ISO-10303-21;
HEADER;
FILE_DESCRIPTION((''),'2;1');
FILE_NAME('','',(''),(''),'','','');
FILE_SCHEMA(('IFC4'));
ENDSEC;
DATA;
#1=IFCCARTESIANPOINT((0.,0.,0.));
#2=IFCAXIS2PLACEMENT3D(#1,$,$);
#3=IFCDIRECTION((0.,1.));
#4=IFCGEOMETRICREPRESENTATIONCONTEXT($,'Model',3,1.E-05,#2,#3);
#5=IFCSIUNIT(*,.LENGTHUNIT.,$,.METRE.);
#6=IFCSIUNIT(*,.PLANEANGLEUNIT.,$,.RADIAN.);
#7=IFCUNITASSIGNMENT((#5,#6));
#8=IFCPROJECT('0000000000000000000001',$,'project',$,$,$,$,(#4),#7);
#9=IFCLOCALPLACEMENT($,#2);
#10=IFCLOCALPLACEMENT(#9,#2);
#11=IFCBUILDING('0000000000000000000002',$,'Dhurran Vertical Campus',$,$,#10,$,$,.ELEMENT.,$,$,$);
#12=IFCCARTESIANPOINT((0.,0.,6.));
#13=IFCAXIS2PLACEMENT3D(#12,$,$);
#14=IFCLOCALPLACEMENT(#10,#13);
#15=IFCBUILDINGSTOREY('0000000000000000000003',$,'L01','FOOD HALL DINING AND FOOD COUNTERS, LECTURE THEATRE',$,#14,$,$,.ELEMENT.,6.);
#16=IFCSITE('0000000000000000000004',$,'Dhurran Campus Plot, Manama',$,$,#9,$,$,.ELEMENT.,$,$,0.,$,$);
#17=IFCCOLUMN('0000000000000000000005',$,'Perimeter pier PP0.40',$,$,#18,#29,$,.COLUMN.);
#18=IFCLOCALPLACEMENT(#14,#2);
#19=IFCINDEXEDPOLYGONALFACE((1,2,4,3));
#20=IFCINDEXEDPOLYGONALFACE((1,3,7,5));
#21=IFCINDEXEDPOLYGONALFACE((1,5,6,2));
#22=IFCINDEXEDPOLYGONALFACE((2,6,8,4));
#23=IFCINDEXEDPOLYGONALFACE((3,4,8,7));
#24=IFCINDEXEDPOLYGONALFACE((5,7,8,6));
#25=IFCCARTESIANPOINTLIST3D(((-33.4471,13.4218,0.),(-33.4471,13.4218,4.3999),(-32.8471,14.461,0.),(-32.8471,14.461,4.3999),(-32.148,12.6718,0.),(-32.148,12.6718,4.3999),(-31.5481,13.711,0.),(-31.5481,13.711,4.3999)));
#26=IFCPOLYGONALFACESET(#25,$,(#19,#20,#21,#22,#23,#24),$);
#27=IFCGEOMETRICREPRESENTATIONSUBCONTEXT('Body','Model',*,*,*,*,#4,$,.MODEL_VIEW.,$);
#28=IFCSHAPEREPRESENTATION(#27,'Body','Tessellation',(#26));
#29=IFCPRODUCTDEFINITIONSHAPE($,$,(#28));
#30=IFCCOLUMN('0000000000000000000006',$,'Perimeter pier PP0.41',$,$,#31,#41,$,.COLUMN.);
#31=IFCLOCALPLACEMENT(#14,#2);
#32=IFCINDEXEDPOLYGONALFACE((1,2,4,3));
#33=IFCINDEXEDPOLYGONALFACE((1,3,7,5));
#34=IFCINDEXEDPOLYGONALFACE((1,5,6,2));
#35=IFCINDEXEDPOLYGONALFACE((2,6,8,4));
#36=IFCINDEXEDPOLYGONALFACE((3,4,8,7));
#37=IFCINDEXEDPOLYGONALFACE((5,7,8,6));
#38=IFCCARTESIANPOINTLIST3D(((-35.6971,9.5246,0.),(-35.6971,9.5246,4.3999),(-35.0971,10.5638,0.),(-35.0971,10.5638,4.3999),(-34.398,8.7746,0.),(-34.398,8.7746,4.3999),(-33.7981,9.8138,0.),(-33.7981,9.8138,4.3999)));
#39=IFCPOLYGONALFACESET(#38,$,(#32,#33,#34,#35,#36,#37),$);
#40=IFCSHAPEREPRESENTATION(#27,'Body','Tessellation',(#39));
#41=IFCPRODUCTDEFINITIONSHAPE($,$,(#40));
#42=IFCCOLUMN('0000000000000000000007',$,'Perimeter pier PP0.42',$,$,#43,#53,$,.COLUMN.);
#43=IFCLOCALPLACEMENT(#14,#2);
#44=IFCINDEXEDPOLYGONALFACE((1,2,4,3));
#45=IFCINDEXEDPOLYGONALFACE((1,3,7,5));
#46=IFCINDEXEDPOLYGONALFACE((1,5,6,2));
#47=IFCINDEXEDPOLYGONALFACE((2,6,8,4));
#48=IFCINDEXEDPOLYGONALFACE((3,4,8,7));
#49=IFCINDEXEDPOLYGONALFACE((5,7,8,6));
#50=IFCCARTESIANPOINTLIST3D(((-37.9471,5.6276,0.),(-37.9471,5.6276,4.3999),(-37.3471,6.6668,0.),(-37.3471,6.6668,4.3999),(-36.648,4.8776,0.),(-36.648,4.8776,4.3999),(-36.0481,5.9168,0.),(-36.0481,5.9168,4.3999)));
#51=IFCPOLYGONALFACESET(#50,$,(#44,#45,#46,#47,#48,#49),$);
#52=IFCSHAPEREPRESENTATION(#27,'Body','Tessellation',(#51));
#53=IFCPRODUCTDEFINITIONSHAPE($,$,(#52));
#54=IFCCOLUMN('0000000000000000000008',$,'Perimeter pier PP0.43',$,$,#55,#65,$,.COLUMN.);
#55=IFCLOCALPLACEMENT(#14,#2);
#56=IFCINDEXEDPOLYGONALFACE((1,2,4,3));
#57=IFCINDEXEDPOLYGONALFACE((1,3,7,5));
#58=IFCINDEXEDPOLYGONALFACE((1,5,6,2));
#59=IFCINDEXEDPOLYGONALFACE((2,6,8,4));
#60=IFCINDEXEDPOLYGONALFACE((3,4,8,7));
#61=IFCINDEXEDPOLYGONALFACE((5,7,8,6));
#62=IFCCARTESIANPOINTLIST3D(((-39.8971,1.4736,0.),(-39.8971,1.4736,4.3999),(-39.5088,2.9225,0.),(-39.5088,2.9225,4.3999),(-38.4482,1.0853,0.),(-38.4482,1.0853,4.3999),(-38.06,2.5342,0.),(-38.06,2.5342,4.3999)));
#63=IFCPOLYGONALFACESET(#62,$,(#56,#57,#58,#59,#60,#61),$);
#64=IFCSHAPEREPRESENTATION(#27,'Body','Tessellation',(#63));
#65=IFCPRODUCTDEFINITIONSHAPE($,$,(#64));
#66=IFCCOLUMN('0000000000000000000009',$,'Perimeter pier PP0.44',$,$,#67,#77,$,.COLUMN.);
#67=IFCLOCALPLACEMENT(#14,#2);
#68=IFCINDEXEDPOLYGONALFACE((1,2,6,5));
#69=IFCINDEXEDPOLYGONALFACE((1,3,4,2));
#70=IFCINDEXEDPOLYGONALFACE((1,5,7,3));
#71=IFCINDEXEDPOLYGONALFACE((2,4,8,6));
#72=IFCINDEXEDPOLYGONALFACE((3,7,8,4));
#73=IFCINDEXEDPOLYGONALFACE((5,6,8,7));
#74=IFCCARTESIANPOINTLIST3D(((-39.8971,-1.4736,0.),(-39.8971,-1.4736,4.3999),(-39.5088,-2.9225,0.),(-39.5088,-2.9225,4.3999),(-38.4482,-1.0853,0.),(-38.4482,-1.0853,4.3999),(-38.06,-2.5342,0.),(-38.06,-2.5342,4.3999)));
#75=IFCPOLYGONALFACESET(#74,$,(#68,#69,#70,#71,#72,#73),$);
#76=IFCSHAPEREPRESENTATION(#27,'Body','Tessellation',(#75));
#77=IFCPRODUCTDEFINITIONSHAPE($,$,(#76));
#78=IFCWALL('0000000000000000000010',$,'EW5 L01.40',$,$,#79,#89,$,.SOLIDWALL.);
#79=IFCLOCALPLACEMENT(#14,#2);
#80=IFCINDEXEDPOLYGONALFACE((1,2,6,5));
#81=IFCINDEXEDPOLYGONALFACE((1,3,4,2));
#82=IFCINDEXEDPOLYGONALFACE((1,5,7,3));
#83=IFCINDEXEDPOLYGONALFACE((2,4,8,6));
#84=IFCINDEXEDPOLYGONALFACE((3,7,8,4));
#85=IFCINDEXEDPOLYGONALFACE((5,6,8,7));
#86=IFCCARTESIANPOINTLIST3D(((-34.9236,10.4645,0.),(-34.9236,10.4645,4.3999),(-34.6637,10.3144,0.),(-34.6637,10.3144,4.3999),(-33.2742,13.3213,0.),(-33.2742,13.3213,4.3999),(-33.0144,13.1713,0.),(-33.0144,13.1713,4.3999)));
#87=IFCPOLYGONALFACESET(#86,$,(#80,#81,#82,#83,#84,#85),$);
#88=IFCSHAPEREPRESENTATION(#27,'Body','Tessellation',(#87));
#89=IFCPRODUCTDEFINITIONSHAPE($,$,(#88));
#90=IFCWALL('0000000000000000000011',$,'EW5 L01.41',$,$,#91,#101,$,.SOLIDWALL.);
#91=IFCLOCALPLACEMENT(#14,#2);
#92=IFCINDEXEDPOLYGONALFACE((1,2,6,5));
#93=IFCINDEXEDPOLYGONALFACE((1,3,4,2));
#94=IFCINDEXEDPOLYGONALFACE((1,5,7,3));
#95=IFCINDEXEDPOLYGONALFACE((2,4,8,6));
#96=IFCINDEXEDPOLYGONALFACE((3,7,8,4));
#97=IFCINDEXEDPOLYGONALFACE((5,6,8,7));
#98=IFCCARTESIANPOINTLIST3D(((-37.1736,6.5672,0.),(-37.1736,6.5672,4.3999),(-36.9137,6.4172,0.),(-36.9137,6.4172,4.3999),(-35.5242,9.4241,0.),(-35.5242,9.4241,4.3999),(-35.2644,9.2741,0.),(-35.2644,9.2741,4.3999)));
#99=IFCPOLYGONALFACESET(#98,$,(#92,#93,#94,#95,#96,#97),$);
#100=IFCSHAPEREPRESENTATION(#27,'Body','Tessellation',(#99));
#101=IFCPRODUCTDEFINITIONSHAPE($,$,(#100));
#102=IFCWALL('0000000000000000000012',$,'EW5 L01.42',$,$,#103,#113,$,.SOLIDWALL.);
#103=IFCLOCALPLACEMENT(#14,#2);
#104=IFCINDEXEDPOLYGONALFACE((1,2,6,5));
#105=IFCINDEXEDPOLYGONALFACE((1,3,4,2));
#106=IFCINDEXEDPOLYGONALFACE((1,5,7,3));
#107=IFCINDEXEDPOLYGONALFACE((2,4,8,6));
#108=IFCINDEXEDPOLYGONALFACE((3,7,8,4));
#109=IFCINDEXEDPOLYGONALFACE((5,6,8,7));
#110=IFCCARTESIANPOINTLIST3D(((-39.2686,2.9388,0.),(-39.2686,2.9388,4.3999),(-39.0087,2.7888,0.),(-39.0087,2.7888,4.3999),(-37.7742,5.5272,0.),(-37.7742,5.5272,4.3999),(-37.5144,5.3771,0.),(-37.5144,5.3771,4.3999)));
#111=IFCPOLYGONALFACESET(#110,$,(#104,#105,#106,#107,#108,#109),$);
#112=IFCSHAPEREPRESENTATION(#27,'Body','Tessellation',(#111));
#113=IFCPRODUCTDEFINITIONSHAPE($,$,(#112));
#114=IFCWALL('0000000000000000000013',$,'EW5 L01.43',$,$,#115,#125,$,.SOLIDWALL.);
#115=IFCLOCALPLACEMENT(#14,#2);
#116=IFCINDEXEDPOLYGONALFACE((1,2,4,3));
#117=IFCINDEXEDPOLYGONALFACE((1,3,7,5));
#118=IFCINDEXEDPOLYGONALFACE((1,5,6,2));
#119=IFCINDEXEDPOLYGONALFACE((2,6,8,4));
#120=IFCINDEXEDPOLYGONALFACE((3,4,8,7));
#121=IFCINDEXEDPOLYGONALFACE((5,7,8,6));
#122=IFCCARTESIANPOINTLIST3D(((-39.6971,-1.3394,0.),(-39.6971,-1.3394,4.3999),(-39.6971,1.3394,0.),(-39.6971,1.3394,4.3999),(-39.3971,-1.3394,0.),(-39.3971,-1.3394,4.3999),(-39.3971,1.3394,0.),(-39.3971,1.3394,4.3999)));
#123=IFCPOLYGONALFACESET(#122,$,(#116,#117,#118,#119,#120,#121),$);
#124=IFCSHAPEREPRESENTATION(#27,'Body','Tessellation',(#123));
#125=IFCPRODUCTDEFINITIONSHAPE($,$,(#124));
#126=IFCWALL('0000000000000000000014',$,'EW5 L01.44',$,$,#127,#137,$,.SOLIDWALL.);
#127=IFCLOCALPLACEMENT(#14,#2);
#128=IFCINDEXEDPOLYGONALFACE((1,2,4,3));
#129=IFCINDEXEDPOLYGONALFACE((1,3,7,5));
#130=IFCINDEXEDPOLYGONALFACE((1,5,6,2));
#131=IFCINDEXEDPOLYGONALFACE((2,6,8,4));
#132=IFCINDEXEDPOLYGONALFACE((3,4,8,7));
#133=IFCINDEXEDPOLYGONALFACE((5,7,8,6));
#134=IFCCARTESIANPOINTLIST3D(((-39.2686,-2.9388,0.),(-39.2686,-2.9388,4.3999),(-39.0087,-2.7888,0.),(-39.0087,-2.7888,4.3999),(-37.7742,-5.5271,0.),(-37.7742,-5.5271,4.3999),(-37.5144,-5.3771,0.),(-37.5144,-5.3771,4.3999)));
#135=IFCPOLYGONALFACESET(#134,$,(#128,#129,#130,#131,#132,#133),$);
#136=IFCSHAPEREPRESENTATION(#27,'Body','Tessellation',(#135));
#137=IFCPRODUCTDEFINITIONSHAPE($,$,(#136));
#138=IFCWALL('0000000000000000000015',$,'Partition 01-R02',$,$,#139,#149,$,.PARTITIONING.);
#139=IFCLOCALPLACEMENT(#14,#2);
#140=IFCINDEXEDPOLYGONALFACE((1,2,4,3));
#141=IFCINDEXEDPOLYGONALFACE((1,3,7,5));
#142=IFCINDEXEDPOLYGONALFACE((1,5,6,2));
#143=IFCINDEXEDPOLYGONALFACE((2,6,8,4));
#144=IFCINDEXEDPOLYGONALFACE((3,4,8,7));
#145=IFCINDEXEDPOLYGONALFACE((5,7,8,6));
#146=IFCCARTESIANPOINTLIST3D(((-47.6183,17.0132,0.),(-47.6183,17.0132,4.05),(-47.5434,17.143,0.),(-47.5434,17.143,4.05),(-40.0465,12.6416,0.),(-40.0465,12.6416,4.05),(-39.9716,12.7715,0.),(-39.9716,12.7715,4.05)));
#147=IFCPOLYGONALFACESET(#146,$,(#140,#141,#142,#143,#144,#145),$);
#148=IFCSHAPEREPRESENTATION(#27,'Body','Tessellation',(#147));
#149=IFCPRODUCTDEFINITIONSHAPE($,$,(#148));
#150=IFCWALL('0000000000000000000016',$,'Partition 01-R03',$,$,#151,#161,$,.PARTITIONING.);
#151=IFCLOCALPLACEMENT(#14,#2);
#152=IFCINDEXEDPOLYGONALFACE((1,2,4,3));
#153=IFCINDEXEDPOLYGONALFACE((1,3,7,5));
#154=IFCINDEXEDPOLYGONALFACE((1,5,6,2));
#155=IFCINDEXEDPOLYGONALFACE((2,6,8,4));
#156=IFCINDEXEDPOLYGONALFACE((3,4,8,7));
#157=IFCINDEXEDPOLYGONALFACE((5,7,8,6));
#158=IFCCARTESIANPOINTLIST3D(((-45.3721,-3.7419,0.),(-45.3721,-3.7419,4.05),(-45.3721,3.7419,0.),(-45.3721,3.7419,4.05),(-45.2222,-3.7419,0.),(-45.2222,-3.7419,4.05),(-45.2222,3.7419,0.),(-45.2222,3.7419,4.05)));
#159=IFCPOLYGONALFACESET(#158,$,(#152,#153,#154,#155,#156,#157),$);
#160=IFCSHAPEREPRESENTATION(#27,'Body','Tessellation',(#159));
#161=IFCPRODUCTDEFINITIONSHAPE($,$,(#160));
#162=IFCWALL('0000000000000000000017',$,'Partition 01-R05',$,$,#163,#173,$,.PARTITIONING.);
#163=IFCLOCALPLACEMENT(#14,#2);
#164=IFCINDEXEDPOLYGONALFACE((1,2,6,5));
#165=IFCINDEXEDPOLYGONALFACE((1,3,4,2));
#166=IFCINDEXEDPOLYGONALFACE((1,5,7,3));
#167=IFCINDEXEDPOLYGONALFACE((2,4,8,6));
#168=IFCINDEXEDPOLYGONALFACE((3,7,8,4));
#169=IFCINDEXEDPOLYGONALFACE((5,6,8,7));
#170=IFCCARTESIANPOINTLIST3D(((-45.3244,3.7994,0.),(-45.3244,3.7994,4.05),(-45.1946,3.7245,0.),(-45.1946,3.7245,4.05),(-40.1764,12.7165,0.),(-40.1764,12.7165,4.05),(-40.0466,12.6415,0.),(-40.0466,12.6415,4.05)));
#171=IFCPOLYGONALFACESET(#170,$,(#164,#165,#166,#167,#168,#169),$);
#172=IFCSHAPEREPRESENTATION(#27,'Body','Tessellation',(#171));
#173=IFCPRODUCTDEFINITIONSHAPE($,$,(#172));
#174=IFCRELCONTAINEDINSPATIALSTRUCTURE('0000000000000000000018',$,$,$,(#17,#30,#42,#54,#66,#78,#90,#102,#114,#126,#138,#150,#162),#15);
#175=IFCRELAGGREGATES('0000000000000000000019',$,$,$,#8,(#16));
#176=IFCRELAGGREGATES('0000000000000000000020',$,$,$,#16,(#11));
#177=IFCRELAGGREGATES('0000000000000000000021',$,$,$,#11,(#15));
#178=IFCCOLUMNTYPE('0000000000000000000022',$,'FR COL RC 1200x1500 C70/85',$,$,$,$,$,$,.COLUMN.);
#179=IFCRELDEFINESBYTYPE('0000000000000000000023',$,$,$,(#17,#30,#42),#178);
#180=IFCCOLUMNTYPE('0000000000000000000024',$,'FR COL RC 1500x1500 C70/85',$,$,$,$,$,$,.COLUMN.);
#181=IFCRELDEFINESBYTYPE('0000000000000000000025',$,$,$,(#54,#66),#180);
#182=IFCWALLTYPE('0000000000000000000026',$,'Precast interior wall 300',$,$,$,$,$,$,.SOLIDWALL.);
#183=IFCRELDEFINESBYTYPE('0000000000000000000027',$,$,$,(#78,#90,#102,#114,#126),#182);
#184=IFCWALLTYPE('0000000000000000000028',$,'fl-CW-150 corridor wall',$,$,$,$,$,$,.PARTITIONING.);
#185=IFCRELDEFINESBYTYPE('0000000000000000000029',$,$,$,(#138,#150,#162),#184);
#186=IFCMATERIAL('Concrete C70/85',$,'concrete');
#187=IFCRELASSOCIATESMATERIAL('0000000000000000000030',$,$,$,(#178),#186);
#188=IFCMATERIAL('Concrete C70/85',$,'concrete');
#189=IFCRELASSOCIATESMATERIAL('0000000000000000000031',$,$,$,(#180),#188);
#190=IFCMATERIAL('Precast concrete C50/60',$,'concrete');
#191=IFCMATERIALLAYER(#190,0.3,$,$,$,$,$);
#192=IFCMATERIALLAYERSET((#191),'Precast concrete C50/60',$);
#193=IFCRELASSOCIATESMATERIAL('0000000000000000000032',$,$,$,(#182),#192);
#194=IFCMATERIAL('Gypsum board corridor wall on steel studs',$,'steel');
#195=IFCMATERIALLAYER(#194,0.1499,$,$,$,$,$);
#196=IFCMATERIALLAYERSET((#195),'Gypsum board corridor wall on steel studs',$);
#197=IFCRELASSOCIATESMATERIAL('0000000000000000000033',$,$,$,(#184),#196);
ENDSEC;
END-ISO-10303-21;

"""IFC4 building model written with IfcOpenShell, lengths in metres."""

from ifc_helpers import new_model, si_unit, direction, frame, frame_2d, origin, origin_2d, place, context, subcontext, project, spatial, rectangle, extrude, material, layer, layer_set, material_profile, profile_set, type_object, element, save


model = new_model("IFC4")

# Units and contexts
model_context = context("Model", 3, precision=1e-05, world=origin(), true_north=direction((0.0, 1.0)))
body_context = subcontext(model_context, "Body", "Model", "MODEL_VIEW")
ifc_project = project(units=[si_unit("LENGTHUNIT", "METRE"), si_unit("PLANEANGLEUNIT", "RADIAN")], contexts=[model_context])

# Site, building, storey
site_placement = place(None, origin())
site = spatial("IfcSite", under=ifc_project, at=site_placement, Name="Dhurran Campus Plot, Manama", CompositionType="ELEMENT", RefElevation=0.0)
building_placement = place(site_placement, origin())
building = spatial("IfcBuilding", under=site, at=building_placement, Name="Dhurran Vertical Campus", CompositionType="ELEMENT")
storey_placement = place(building_placement, frame((0.0, 0.0, 6.0)))
storey = spatial("IfcBuildingStorey", under=building, at=storey_placement, Name="L01", Description="FOOD HALL DINING AND FOOD COUNTERS, LECTURE THEATRE", CompositionType="ELEMENT", Elevation=6.0)

# Columns
ifc_material_1 = material(Name="Concrete C70/85", Category="concrete")
ifc_material_profile_1 = material_profile(ifc_material_1, rectangle(XDim=1.2, YDim=1.5, at=origin_2d()), Name="RC 1200x1500")
ifc_profile_set_1 = profile_set([ifc_material_profile_1], Name="Concrete C70/85")
column_type_1 = type_object("IfcColumnType", Name="FR COL RC 1200x1500 C70/85", PredefinedType="COLUMN", material=ifc_profile_set_1)
for number, where, z_axis, x_axis, name in (
    (1, (-32.4976, 13.5664, 0.0), (0.0, 0.0, 1.0), (-0.5, -0.866025, 0.0), "Perimeter pier PP0.40"),
    (2, (-34.7476, 9.6692, 0.0), (0.0, 0.0, 1.0), (-0.5, -0.866025, 0.0), "Perimeter pier PP0.41"),
    (3, (-36.9976, 5.7722, 0.0), (0.0, 0.0, 1.0), (-0.5, -0.866025, 0.0), "Perimeter pier PP0.42"),
):
    element("IfcColumn", number, at=place(storey_placement, frame(where, z_axis=z_axis, x_axis=x_axis)), inside=storey, type_object=column_type_1, Name=name, PredefinedType="COLUMN", context=body_context, shape_type="SweptSolid", body=[
        extrude(rectangle(XDim=1.2, YDim=1.5, at=origin_2d()), origin(), (0.0, 0.0, 1.0), 4.3999),
    ])
ifc_material_2 = material(Name="Concrete C70/85", Category="concrete")
ifc_material_profile_2 = material_profile(ifc_material_2, rectangle(XDim=1.5, YDim=1.5, at=origin_2d()), Name="RC 1500x1500")
ifc_profile_set_2 = profile_set([ifc_material_profile_2], Name="Concrete C70/85")
column_type_2 = type_object("IfcColumnType", Name="FR COL RC 1500x1500 C70/85", PredefinedType="COLUMN", material=ifc_profile_set_2)
for number, where, z_axis, x_axis, name in (
    (4, (-38.9785, 2.0039, 0.0), (0.0, 0.0, 1.0), (-0.258819, -0.965926, 0.0), "Perimeter pier PP0.43"),
    (5, (-38.9785, -2.0039, 0.0), (0.0, 0.0, 1.0), (0.258819, -0.965926, 0.0), "Perimeter pier PP0.44"),
):
    element("IfcColumn", number, at=place(storey_placement, frame(where, z_axis=z_axis, x_axis=x_axis)), inside=storey, type_object=column_type_2, Name=name, PredefinedType="COLUMN", context=body_context, shape_type="SweptSolid", body=[
        extrude(rectangle(XDim=1.5, YDim=1.5, at=origin_2d()), origin(), (0.0, 0.0, 1.0), 4.3999),
    ])

# Walls
ifc_material_3 = material(Name="Precast concrete C50/60", Category="concrete")
ifc_layer_1 = layer(ifc_material_3, 0.3)
ifc_layer_set_1 = layer_set([ifc_layer_1], Name="Precast concrete C50/60")
wall_type_1 = type_object("IfcWallType", Name="Precast interior wall 300", PredefinedType="SOLIDWALL", material=ifc_layer_set_1)
for number, where, z_axis, x_axis, name in (
    (6, (-33.1443, 13.2463, 0.0), (0.0, 0.0, 1.0), (-0.499992, -0.86603, 0.0), "EW5 L01.40"),
    (7, (-35.3943, 9.3491, 0.0), (0.0, 0.0, 1.0), (-0.499992, -0.86603, 0.0), "EW5 L01.41"),
):
    element("IfcWall", number, at=place(storey_placement, frame(where, z_axis=z_axis, x_axis=x_axis)), inside=storey, type_object=wall_type_1, Name=name, PredefinedType="SOLIDWALL", context=body_context, shape_type="SweptSolid", body=[
        extrude(rectangle(XDim=3.2988, YDim=0.3, at=frame_2d((1.6494, 0.0))), origin(), (0.0, 0.0, 1.0), 4.3999),
    ])
wall_1_placement = place(storey_placement, frame((-37.6443, 5.4521, 0.0), z_axis=(0.0, 0.0, 1.0), x_axis=(-0.499996, -0.866028, 0.0)))
element("IfcWall", 8, at=wall_1_placement, inside=storey, type_object=wall_type_1, Name="EW5 L01.42", PredefinedType="SOLIDWALL", context=body_context, shape_type="SweptSolid", body=[
    extrude(rectangle(XDim=2.9888, YDim=0.3, at=frame_2d((1.4944, 0.0))), origin(), (0.0, 0.0, 1.0), 4.3999),
])
wall_2_placement = place(storey_placement, frame((-39.5471, 1.3394, 0.0), z_axis=(0.0, 0.0, 1.0), x_axis=(0.0, -1.0, 0.0)))
element("IfcWall", 9, at=wall_2_placement, inside=storey, type_object=wall_type_1, Name="EW5 L01.43", PredefinedType="SOLIDWALL", context=body_context, shape_type="SweptSolid", body=[
    extrude(rectangle(XDim=2.6787, YDim=0.3, at=frame_2d((1.3394, 0.0))), origin(), (0.0, 0.0, 1.0), 4.3999),
])
wall_3_placement = place(storey_placement, frame((-39.1387, -2.8638, 0.0), z_axis=(0.0, 0.0, 1.0), x_axis=(0.499996, -0.866028, 0.0)))
element("IfcWall", 10, at=wall_3_placement, inside=storey, type_object=wall_type_1, Name="EW5 L01.44", PredefinedType="SOLIDWALL", context=body_context, shape_type="SweptSolid", body=[
    extrude(rectangle(XDim=2.9888, YDim=0.3, at=frame_2d((1.4944, 0.0))), origin(), (0.0, 0.0, 1.0), 4.3999),
])
ifc_material_4 = material(Name="Gypsum board corridor wall on steel studs", Category="steel")
ifc_layer_2 = layer(ifc_material_4, 0.1499)
ifc_layer_set_2 = layer_set([ifc_layer_2], Name="Gypsum board corridor wall on steel studs")
wall_type_2 = type_object("IfcWallType", Name="fl-CW-150 corridor wall", PredefinedType="PARTITIONING", material=ifc_layer_set_2)
wall_4_placement = place(storey_placement, frame((-40.009, 12.7065, 0.0), z_axis=(0.0, 0.0, 1.0), x_axis=(-0.866025, 0.500001, 0.0)))
element("IfcWall", 11, at=wall_4_placement, inside=storey, type_object=wall_type_2, Name="Partition 01-R02", PredefinedType="PARTITIONING", context=body_context, shape_type="SweptSolid", body=[
    extrude(rectangle(XDim=8.7432, YDim=0.1499, at=frame_2d((4.3716, 0.0))), origin(), (0.0, 0.0, 1.0), 4.05),
])
wall_5_placement = place(storey_placement, frame((-45.2971, -3.7419, 0.0), z_axis=(0.0, 0.0, 1.0), x_axis=(0.0, 1.0, 0.0)))
element("IfcWall", 12, at=wall_5_placement, inside=storey, type_object=wall_type_2, Name="Partition 01-R03", PredefinedType="PARTITIONING", context=body_context, shape_type="SweptSolid", body=[
    extrude(rectangle(XDim=7.4839, YDim=0.1499, at=frame_2d((3.7419, 0.0))), origin(), (0.0, 0.0, 1.0), 4.05),
])
wall_6_placement = place(storey_placement, frame((-45.2595, 3.762, 0.0), z_axis=(0.0, 0.0, 1.0), x_axis=(0.49998, 0.866037, 0.0)))
element("IfcWall", 13, at=wall_6_placement, inside=storey, type_object=wall_type_2, Name="Partition 01-R05", PredefinedType="PARTITIONING", context=body_context, shape_type="SweptSolid", body=[
    extrude(rectangle(XDim=10.2964, YDim=0.1499, at=frame_2d((5.1482, 0.0))), origin(), (0.0, 0.0, 1.0), 4.05),
])

save(model, "model.ifc")
